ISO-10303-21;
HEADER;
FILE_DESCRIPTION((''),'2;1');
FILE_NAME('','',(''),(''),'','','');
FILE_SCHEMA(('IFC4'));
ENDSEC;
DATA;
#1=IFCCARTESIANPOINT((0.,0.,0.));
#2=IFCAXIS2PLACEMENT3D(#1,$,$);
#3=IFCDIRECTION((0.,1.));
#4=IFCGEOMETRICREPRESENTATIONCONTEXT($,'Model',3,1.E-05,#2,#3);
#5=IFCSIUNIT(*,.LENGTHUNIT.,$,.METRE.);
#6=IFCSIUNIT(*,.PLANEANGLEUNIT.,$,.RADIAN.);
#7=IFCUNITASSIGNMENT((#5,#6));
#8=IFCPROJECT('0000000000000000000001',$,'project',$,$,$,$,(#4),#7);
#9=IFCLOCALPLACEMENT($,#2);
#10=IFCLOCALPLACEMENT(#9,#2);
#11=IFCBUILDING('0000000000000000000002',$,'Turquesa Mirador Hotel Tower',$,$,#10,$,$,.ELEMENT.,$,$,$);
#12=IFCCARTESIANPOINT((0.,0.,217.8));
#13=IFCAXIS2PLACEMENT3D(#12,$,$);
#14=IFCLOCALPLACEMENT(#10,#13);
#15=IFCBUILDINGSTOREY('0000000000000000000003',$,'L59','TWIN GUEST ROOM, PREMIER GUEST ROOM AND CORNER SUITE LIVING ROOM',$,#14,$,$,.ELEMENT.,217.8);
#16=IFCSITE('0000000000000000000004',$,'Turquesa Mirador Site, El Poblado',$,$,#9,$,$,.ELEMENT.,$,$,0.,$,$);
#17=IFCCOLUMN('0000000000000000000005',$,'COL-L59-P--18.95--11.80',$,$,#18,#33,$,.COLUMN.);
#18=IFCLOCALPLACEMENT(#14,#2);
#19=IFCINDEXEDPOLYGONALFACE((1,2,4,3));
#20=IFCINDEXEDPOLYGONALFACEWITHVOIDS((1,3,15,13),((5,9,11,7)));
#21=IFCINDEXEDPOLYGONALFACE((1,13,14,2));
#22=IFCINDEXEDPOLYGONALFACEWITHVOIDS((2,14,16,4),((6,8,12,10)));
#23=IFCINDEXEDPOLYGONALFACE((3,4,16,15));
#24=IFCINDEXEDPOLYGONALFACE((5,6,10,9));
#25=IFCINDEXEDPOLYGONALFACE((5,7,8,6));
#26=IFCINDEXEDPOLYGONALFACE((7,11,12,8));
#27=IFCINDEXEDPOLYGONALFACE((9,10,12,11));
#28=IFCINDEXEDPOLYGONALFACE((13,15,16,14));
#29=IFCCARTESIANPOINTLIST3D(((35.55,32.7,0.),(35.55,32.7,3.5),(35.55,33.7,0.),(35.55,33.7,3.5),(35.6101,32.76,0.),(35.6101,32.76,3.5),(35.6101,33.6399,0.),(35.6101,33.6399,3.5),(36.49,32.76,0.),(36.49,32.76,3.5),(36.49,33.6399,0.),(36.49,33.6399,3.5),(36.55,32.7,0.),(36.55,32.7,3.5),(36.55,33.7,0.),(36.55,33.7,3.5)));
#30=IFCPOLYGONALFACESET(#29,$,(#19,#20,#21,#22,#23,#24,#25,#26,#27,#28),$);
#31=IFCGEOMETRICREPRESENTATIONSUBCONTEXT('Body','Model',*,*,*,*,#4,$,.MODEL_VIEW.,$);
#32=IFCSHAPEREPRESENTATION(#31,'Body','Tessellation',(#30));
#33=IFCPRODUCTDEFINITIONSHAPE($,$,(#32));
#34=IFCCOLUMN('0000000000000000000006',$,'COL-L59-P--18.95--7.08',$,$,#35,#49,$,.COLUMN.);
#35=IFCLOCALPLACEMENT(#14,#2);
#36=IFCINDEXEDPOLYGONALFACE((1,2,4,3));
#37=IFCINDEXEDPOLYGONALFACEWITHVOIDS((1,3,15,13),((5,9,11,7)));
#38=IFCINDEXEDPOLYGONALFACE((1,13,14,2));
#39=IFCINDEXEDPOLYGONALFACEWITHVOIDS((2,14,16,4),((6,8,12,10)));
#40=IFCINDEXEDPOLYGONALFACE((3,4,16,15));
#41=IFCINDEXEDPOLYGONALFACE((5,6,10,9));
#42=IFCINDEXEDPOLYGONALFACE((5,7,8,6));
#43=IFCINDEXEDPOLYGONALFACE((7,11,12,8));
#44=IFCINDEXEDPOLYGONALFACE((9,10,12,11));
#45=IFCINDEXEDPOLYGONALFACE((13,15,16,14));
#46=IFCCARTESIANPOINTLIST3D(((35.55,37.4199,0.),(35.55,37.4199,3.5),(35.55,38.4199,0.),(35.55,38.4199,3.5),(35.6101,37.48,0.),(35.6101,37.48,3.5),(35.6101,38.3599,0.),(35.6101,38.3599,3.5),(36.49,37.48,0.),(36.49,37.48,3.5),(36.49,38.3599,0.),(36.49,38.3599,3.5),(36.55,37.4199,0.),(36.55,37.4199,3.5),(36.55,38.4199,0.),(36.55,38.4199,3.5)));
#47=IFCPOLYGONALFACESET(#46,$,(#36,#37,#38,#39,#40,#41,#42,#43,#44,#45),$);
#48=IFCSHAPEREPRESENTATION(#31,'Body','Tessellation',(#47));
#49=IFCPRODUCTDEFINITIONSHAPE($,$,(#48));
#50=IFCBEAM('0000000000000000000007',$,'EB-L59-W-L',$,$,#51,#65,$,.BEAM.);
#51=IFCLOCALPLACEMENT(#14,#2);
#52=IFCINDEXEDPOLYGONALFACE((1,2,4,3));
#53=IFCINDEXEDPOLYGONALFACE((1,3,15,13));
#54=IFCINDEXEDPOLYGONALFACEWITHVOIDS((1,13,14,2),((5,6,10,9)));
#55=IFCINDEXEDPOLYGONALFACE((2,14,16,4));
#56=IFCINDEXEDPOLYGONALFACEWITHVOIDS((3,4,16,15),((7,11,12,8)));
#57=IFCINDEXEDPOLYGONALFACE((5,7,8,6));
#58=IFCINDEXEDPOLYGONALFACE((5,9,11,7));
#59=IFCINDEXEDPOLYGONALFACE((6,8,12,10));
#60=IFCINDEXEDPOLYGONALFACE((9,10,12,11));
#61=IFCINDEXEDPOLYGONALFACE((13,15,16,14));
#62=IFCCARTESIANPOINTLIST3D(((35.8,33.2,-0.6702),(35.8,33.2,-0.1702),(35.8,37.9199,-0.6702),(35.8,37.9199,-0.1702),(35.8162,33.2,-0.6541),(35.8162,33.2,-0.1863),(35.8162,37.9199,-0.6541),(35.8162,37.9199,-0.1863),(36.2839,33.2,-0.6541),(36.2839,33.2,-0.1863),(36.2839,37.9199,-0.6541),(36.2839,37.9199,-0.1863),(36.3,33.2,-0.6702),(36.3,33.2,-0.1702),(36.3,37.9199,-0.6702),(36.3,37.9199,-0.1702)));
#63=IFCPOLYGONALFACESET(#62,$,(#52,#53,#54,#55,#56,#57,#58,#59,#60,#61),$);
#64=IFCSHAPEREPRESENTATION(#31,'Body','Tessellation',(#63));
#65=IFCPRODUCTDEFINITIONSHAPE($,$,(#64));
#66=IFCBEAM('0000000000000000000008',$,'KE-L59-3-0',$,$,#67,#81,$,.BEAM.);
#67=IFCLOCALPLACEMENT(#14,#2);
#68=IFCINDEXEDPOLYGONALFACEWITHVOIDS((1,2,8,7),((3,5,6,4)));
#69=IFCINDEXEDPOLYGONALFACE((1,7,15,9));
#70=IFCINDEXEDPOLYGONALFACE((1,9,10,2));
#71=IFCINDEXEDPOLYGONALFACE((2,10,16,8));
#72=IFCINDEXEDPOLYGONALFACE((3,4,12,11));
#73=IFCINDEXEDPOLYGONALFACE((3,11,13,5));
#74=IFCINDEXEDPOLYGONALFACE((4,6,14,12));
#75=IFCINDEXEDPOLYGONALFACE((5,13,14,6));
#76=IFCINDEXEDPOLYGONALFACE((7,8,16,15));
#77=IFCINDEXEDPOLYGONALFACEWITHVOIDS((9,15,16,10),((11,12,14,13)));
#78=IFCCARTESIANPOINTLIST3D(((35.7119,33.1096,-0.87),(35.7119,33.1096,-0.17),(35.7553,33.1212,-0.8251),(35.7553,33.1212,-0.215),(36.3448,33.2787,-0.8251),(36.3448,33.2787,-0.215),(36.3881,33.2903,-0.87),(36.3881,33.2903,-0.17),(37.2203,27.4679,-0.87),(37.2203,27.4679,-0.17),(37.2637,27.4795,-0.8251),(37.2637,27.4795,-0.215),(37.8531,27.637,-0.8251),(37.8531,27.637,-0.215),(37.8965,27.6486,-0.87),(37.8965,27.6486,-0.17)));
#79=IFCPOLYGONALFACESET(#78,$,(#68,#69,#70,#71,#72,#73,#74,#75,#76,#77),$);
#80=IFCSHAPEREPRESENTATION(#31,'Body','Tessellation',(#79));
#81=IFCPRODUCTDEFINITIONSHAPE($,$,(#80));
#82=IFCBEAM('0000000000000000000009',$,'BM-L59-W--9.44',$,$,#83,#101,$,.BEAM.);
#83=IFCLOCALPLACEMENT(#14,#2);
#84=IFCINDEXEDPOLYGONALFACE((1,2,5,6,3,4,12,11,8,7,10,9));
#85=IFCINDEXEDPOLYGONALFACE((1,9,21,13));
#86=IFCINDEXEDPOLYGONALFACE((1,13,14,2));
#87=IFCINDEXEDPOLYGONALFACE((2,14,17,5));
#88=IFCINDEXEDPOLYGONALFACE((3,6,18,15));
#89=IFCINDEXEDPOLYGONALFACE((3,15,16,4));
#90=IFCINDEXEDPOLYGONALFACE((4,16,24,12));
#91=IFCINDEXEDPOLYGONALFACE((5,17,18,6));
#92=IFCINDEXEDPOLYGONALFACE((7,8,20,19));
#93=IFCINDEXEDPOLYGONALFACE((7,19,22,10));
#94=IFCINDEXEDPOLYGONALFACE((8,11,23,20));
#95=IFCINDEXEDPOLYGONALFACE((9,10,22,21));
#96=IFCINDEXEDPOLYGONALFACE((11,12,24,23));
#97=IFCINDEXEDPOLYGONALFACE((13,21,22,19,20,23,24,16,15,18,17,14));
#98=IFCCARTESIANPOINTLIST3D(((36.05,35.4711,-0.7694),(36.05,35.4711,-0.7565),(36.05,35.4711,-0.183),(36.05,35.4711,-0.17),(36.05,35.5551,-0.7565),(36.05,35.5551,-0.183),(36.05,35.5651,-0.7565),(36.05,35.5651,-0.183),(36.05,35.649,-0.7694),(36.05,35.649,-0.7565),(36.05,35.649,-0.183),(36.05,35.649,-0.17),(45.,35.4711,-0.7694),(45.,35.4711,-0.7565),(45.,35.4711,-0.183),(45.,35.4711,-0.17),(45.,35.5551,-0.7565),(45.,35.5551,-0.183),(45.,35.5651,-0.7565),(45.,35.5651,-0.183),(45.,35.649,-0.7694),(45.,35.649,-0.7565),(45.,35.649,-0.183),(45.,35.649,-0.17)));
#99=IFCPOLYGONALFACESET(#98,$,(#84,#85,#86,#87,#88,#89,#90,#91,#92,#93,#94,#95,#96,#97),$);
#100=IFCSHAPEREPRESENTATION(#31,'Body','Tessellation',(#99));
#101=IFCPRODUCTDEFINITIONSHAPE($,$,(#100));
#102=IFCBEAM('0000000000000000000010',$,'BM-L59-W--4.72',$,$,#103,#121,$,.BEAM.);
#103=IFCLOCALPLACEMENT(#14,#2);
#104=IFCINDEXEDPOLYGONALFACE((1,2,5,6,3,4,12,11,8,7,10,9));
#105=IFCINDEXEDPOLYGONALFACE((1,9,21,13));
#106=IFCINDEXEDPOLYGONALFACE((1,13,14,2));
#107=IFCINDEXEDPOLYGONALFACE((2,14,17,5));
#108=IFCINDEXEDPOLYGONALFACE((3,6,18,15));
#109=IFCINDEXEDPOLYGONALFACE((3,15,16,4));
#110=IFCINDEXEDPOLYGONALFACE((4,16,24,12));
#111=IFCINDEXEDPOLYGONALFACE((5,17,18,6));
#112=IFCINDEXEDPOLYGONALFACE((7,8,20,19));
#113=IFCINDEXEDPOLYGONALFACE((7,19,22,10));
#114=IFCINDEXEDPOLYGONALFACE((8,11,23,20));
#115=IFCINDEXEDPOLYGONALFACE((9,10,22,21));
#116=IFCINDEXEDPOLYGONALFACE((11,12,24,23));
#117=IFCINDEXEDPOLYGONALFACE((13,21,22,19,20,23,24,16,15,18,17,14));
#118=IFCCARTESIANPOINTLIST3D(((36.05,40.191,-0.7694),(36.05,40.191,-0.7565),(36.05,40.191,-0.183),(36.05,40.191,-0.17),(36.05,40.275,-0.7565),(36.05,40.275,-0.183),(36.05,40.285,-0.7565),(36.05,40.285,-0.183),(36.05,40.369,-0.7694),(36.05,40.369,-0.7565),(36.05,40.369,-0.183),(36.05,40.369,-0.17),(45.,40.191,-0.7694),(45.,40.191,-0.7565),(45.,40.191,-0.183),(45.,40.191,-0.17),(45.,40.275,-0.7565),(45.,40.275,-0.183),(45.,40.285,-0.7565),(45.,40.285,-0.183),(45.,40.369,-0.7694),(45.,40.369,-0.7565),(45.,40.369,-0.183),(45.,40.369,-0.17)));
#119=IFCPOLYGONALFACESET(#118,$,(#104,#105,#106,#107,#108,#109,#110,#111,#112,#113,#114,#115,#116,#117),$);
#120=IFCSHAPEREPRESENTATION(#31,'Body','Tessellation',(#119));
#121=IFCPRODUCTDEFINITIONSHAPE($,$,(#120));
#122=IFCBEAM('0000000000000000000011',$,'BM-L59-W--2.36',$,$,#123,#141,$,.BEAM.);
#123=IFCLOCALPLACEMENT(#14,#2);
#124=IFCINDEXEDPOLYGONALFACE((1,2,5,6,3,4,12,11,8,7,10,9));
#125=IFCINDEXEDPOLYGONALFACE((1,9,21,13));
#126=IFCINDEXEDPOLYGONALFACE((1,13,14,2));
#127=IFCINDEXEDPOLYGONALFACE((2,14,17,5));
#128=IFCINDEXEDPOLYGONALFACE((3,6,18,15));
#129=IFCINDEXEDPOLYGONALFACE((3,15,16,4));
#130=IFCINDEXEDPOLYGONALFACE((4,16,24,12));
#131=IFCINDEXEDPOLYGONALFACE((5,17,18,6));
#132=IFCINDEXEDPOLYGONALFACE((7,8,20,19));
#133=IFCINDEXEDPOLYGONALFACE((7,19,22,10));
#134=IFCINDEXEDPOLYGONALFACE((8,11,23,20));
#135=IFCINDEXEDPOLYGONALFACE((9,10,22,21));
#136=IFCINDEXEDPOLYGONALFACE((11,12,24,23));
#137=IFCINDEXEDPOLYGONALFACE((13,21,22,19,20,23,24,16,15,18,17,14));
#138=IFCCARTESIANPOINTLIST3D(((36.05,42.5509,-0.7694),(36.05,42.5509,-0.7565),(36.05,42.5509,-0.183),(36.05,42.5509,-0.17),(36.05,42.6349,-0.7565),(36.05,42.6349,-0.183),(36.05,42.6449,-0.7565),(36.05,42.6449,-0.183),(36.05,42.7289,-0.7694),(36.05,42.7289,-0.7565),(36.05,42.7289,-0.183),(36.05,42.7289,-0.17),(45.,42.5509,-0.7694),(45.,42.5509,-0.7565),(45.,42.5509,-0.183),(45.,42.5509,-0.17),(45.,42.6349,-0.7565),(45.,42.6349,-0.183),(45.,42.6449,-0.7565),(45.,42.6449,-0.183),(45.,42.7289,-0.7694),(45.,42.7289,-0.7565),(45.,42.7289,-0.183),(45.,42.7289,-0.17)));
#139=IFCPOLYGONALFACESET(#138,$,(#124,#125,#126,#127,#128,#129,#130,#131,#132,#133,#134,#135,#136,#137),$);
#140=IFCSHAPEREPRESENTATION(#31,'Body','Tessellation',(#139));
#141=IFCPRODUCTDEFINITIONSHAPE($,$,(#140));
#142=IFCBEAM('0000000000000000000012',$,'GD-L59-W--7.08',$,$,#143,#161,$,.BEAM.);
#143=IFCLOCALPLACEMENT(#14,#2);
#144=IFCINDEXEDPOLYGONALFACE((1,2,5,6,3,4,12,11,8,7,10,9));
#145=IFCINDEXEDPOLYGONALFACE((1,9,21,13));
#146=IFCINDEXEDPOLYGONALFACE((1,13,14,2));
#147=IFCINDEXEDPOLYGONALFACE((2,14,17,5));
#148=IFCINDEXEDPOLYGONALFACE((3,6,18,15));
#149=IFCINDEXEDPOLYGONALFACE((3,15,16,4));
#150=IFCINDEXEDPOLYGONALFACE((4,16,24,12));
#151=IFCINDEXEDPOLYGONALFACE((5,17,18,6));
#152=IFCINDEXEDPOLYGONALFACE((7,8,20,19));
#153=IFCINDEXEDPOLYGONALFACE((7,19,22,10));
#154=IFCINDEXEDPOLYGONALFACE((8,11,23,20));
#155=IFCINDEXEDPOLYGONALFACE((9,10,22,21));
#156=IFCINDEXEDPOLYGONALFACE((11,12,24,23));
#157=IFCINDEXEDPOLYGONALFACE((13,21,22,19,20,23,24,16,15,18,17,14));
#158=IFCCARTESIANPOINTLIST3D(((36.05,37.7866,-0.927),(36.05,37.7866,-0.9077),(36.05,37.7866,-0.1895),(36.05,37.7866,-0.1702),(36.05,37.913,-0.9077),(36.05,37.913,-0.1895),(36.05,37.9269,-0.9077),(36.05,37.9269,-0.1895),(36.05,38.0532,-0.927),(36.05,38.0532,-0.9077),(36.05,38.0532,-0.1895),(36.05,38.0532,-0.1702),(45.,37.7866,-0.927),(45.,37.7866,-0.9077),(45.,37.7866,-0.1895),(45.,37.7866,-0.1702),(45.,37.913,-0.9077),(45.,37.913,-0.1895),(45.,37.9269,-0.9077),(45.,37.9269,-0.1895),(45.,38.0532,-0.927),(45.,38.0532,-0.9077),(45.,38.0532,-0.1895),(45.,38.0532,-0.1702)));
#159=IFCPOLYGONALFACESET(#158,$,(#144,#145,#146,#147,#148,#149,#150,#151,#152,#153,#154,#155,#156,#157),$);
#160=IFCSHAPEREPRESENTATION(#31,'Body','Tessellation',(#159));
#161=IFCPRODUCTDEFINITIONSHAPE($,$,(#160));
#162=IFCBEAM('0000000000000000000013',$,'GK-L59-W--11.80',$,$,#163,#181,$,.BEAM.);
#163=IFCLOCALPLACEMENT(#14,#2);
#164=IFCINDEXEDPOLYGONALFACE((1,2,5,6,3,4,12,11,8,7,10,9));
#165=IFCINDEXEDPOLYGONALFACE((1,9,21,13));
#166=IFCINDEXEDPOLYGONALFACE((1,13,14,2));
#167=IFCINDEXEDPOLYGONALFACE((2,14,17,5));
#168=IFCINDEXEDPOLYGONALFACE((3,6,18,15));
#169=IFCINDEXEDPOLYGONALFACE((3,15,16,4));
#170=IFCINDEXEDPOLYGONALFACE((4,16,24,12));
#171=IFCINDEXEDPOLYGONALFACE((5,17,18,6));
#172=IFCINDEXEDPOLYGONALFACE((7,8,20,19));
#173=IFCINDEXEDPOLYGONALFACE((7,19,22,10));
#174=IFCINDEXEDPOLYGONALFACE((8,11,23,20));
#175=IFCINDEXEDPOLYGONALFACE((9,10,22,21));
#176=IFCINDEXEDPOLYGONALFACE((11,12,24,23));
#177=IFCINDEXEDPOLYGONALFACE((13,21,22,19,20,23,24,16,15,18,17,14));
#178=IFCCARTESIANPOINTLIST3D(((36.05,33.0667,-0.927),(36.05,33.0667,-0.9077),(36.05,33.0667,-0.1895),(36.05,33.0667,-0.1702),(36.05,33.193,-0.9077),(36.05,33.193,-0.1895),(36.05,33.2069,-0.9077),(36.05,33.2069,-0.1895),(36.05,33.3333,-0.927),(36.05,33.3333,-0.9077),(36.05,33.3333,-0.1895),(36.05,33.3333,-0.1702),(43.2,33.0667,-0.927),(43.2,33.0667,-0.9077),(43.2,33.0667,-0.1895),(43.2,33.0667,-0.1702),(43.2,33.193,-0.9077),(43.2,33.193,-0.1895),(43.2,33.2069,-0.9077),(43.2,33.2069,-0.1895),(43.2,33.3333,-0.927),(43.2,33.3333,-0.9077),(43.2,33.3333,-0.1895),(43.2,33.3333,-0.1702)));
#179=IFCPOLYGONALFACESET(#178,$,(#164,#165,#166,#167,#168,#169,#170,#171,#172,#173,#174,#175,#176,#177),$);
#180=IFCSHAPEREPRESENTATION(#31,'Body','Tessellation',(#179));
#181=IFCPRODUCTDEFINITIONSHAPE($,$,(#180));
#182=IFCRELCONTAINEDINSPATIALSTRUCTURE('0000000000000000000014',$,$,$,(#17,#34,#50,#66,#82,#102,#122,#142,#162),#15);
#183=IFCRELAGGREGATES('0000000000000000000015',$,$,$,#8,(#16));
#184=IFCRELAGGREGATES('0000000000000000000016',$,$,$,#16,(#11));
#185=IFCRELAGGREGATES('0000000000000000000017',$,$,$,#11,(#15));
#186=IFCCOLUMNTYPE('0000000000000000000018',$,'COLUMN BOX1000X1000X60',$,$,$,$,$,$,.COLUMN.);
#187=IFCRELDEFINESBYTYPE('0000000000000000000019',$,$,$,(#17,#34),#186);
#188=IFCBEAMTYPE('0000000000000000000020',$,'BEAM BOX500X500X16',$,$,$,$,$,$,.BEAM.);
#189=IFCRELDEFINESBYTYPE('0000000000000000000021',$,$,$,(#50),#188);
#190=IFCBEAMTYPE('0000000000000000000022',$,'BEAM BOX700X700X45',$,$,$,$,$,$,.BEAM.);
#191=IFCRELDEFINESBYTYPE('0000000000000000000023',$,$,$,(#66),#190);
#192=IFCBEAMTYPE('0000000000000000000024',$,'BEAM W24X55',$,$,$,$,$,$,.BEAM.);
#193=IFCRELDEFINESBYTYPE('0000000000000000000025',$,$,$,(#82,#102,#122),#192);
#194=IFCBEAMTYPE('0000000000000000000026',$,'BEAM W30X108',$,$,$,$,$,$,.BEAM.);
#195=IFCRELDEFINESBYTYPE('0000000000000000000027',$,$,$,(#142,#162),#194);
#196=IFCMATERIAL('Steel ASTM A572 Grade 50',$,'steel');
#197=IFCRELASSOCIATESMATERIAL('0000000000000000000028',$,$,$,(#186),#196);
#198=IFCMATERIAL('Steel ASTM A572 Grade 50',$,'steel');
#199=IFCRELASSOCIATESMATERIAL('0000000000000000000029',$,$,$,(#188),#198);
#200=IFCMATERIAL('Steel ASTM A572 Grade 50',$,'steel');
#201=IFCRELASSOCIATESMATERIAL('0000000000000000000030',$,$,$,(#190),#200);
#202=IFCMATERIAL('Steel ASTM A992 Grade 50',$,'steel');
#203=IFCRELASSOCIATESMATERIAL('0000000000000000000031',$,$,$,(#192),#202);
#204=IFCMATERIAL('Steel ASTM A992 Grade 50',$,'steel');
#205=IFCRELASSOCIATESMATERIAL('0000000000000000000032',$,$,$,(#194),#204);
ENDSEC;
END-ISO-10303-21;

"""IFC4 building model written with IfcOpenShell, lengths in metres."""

from ifc_helpers import new_model, si_unit, direction, frame, origin, origin_2d, place, context, subcontext, project, spatial, hollow_rectangle, i_section, extrude, material, material_profile, profile_set, type_object, element, save


model = new_model("IFC4")

# Units and contexts
model_context = context("Model", 3, precision=1e-05, world=origin(), true_north=direction((0.0, 1.0)))
body_context = subcontext(model_context, "Body", "Model", "MODEL_VIEW")
ifc_project = project(units=[si_unit("LENGTHUNIT", "METRE"), si_unit("PLANEANGLEUNIT", "RADIAN")], contexts=[model_context])

# Site, building, storey
site_placement = place(None, origin())
site = spatial("IfcSite", under=ifc_project, at=site_placement, Name="Turquesa Mirador Site, El Poblado", CompositionType="ELEMENT", RefElevation=0.0)
building_placement = place(site_placement, origin())
building = spatial("IfcBuilding", under=site, at=building_placement, Name="Turquesa Mirador Hotel Tower", CompositionType="ELEMENT")
storey_placement = place(building_placement, frame((0.0, 0.0, 217.8)))
storey = spatial("IfcBuildingStorey", under=building, at=storey_placement, Name="L59", Description="TWIN GUEST ROOM, PREMIER GUEST ROOM AND CORNER SUITE LIVING ROOM", CompositionType="ELEMENT", Elevation=217.8)

# Columns
ifc_material_1 = material(Name="Steel ASTM A572 Grade 50", Category="steel")
ifc_material_profile_1 = material_profile(ifc_material_1, hollow_rectangle(XDim=1.0, YDim=1.0, WallThickness=0.0601, at=origin_2d()), Name="BOX1000X1000X60")
ifc_profile_set_1 = profile_set([ifc_material_profile_1], Name="Steel ASTM A572 Grade 50")
column_type = type_object("IfcColumnType", Name="COLUMN BOX1000X1000X60", PredefinedType="COLUMN", material=ifc_profile_set_1)
for number, where, z_axis, x_axis, name in (
    (1, (36.05, 33.2, 0.0), (0.0, 0.0, 1.0), (1.0, 0.0, 0.0), "COL-L59-P--18.95--11.80"),
    (2, (36.05, 37.9199, 0.0), (0.0, 0.0, 1.0), (1.0, 0.0, 0.0), "COL-L59-P--18.95--7.08"),
):
    element("IfcColumn", number, at=place(storey_placement, frame(where, z_axis=z_axis, x_axis=x_axis)), inside=storey, type_object=column_type, Name=name, PredefinedType="COLUMN", context=body_context, shape_type="SweptSolid", body=[
        extrude(hollow_rectangle(XDim=1.0, YDim=1.0, WallThickness=0.0601, at=origin_2d()), origin(), (0.0, 0.0, 1.0), 3.5),
    ])

# Beams
ifc_material_2 = material(Name="Steel ASTM A572 Grade 50", Category="steel")
ifc_material_profile_2 = material_profile(ifc_material_2, hollow_rectangle(XDim=0.5, YDim=0.5, WallThickness=0.0161, at=origin_2d()), Name="BOX500X500X16")
ifc_profile_set_2 = profile_set([ifc_material_profile_2], Name="Steel ASTM A572 Grade 50")
beam_type_1 = type_object("IfcBeamType", Name="BEAM BOX500X500X16", PredefinedType="BEAM", material=ifc_profile_set_2)
beam_1_placement = place(storey_placement, frame((36.05, 33.2, -0.4202), z_axis=(0.0, 1.0, 0.0), x_axis=(-1.0, 0.0, 0.0)))
element("IfcBeam", 3, at=beam_1_placement, inside=storey, type_object=beam_type_1, Name="EB-L59-W-L", PredefinedType="BEAM", context=body_context, shape_type="SweptSolid", body=[
    extrude(hollow_rectangle(XDim=0.5, YDim=0.5, WallThickness=0.0161, at=origin_2d()), origin(), (0.0, 0.0, 1.0), 4.72),
])
ifc_material_3 = material(Name="Steel ASTM A572 Grade 50", Category="steel")
ifc_material_profile_3 = material_profile(ifc_material_3, hollow_rectangle(XDim=0.7, YDim=0.7, WallThickness=0.0449, at=origin_2d()), Name="BOX700X700X45")
ifc_profile_set_3 = profile_set([ifc_material_profile_3], Name="Steel ASTM A572 Grade 50")
beam_type_2 = type_object("IfcBeamType", Name="BEAM BOX700X700X45", PredefinedType="BEAM", material=ifc_profile_set_3)
beam_2_placement = place(storey_placement, frame((36.05, 33.2, -0.52), z_axis=(0.258282, -0.96607, 0.0), x_axis=(0.96607, 0.258282, 0.0)))
element("IfcBeam", 4, at=beam_2_placement, inside=storey, type_object=beam_type_2, Name="KE-L59-3-0", PredefinedType="BEAM", context=body_context, shape_type="SweptSolid", body=[
    extrude(hollow_rectangle(XDim=0.7, YDim=0.7, WallThickness=0.0449, at=origin_2d()), origin(), (0.0, 0.0, 1.0), 5.8398),
])
ifc_material_4 = material(Name="Steel ASTM A992 Grade 50", Category="steel")
ifc_material_profile_4 = material_profile(ifc_material_4, i_section(OverallWidth=0.178, OverallDepth=0.5994, WebThickness=0.01, FlangeThickness=0.0129, at=origin_2d()), Name="W24X55")
ifc_profile_set_4 = profile_set([ifc_material_profile_4], Name="Steel ASTM A992 Grade 50")
beam_type_3 = type_object("IfcBeamType", Name="BEAM W24X55", PredefinedType="BEAM", material=ifc_profile_set_4)
for number, where, z_axis, x_axis, name in (
    (5, (36.05, 35.5601, -0.4697), (1.0, 0.0, 0.0), (0.0, 1.0, 0.0), "BM-L59-W--9.44"),
    (6, (36.05, 40.28, -0.4697), (1.0, 0.0, 0.0), (0.0, 1.0, 0.0), "BM-L59-W--4.72"),
    (7, (36.05, 42.6399, -0.4697), (1.0, 0.0, 0.0), (0.0, 1.0, 0.0), "BM-L59-W--2.36"),
):
    element("IfcBeam", number, at=place(storey_placement, frame(where, z_axis=z_axis, x_axis=x_axis)), inside=storey, type_object=beam_type_3, Name=name, PredefinedType="BEAM", context=body_context, shape_type="SweptSolid", body=[
        extrude(i_section(OverallWidth=0.178, OverallDepth=0.5994, WebThickness=0.01, FlangeThickness=0.0129, at=origin_2d()), origin(), (0.0, 0.0, 1.0), 8.95),
    ])
ifc_material_5 = material(Name="Steel ASTM A992 Grade 50", Category="steel")
ifc_material_profile_5 = material_profile(ifc_material_5, i_section(OverallWidth=0.2666, OverallDepth=0.7568, WebThickness=0.0139, FlangeThickness=0.0193, at=origin_2d()), Name="W30X108")
ifc_profile_set_5 = profile_set([ifc_material_profile_5], Name="Steel ASTM A992 Grade 50")
beam_type_4 = type_object("IfcBeamType", Name="BEAM W30X108", PredefinedType="BEAM", material=ifc_profile_set_5)
beam_3_placement = place(storey_placement, frame((36.05, 37.9199, -0.5486), z_axis=(1.0, 0.0, 0.0), x_axis=(0.0, 1.0, 0.0)))
element("IfcBeam", 8, at=beam_3_placement, inside=storey, type_object=beam_type_4, Name="GD-L59-W--7.08", PredefinedType="BEAM", context=body_context, shape_type="SweptSolid", body=[
    extrude(i_section(OverallWidth=0.2666, OverallDepth=0.7568, WebThickness=0.0139, FlangeThickness=0.0193, at=origin_2d()), origin(), (0.0, 0.0, 1.0), 8.95),
])
beam_4_placement = place(storey_placement, frame((36.05, 33.2, -0.5486), z_axis=(1.0, 0.0, 0.0), x_axis=(0.0, 1.0, 0.0)))
element("IfcBeam", 9, at=beam_4_placement, inside=storey, type_object=beam_type_4, Name="GK-L59-W--11.80", PredefinedType="BEAM", context=body_context, shape_type="SweptSolid", body=[
    extrude(i_section(OverallWidth=0.2666, OverallDepth=0.7568, WebThickness=0.0139, FlangeThickness=0.0193, at=origin_2d()), origin(), (0.0, 0.0, 1.0), 7.1499),
])

save(model, "model.ifc")
